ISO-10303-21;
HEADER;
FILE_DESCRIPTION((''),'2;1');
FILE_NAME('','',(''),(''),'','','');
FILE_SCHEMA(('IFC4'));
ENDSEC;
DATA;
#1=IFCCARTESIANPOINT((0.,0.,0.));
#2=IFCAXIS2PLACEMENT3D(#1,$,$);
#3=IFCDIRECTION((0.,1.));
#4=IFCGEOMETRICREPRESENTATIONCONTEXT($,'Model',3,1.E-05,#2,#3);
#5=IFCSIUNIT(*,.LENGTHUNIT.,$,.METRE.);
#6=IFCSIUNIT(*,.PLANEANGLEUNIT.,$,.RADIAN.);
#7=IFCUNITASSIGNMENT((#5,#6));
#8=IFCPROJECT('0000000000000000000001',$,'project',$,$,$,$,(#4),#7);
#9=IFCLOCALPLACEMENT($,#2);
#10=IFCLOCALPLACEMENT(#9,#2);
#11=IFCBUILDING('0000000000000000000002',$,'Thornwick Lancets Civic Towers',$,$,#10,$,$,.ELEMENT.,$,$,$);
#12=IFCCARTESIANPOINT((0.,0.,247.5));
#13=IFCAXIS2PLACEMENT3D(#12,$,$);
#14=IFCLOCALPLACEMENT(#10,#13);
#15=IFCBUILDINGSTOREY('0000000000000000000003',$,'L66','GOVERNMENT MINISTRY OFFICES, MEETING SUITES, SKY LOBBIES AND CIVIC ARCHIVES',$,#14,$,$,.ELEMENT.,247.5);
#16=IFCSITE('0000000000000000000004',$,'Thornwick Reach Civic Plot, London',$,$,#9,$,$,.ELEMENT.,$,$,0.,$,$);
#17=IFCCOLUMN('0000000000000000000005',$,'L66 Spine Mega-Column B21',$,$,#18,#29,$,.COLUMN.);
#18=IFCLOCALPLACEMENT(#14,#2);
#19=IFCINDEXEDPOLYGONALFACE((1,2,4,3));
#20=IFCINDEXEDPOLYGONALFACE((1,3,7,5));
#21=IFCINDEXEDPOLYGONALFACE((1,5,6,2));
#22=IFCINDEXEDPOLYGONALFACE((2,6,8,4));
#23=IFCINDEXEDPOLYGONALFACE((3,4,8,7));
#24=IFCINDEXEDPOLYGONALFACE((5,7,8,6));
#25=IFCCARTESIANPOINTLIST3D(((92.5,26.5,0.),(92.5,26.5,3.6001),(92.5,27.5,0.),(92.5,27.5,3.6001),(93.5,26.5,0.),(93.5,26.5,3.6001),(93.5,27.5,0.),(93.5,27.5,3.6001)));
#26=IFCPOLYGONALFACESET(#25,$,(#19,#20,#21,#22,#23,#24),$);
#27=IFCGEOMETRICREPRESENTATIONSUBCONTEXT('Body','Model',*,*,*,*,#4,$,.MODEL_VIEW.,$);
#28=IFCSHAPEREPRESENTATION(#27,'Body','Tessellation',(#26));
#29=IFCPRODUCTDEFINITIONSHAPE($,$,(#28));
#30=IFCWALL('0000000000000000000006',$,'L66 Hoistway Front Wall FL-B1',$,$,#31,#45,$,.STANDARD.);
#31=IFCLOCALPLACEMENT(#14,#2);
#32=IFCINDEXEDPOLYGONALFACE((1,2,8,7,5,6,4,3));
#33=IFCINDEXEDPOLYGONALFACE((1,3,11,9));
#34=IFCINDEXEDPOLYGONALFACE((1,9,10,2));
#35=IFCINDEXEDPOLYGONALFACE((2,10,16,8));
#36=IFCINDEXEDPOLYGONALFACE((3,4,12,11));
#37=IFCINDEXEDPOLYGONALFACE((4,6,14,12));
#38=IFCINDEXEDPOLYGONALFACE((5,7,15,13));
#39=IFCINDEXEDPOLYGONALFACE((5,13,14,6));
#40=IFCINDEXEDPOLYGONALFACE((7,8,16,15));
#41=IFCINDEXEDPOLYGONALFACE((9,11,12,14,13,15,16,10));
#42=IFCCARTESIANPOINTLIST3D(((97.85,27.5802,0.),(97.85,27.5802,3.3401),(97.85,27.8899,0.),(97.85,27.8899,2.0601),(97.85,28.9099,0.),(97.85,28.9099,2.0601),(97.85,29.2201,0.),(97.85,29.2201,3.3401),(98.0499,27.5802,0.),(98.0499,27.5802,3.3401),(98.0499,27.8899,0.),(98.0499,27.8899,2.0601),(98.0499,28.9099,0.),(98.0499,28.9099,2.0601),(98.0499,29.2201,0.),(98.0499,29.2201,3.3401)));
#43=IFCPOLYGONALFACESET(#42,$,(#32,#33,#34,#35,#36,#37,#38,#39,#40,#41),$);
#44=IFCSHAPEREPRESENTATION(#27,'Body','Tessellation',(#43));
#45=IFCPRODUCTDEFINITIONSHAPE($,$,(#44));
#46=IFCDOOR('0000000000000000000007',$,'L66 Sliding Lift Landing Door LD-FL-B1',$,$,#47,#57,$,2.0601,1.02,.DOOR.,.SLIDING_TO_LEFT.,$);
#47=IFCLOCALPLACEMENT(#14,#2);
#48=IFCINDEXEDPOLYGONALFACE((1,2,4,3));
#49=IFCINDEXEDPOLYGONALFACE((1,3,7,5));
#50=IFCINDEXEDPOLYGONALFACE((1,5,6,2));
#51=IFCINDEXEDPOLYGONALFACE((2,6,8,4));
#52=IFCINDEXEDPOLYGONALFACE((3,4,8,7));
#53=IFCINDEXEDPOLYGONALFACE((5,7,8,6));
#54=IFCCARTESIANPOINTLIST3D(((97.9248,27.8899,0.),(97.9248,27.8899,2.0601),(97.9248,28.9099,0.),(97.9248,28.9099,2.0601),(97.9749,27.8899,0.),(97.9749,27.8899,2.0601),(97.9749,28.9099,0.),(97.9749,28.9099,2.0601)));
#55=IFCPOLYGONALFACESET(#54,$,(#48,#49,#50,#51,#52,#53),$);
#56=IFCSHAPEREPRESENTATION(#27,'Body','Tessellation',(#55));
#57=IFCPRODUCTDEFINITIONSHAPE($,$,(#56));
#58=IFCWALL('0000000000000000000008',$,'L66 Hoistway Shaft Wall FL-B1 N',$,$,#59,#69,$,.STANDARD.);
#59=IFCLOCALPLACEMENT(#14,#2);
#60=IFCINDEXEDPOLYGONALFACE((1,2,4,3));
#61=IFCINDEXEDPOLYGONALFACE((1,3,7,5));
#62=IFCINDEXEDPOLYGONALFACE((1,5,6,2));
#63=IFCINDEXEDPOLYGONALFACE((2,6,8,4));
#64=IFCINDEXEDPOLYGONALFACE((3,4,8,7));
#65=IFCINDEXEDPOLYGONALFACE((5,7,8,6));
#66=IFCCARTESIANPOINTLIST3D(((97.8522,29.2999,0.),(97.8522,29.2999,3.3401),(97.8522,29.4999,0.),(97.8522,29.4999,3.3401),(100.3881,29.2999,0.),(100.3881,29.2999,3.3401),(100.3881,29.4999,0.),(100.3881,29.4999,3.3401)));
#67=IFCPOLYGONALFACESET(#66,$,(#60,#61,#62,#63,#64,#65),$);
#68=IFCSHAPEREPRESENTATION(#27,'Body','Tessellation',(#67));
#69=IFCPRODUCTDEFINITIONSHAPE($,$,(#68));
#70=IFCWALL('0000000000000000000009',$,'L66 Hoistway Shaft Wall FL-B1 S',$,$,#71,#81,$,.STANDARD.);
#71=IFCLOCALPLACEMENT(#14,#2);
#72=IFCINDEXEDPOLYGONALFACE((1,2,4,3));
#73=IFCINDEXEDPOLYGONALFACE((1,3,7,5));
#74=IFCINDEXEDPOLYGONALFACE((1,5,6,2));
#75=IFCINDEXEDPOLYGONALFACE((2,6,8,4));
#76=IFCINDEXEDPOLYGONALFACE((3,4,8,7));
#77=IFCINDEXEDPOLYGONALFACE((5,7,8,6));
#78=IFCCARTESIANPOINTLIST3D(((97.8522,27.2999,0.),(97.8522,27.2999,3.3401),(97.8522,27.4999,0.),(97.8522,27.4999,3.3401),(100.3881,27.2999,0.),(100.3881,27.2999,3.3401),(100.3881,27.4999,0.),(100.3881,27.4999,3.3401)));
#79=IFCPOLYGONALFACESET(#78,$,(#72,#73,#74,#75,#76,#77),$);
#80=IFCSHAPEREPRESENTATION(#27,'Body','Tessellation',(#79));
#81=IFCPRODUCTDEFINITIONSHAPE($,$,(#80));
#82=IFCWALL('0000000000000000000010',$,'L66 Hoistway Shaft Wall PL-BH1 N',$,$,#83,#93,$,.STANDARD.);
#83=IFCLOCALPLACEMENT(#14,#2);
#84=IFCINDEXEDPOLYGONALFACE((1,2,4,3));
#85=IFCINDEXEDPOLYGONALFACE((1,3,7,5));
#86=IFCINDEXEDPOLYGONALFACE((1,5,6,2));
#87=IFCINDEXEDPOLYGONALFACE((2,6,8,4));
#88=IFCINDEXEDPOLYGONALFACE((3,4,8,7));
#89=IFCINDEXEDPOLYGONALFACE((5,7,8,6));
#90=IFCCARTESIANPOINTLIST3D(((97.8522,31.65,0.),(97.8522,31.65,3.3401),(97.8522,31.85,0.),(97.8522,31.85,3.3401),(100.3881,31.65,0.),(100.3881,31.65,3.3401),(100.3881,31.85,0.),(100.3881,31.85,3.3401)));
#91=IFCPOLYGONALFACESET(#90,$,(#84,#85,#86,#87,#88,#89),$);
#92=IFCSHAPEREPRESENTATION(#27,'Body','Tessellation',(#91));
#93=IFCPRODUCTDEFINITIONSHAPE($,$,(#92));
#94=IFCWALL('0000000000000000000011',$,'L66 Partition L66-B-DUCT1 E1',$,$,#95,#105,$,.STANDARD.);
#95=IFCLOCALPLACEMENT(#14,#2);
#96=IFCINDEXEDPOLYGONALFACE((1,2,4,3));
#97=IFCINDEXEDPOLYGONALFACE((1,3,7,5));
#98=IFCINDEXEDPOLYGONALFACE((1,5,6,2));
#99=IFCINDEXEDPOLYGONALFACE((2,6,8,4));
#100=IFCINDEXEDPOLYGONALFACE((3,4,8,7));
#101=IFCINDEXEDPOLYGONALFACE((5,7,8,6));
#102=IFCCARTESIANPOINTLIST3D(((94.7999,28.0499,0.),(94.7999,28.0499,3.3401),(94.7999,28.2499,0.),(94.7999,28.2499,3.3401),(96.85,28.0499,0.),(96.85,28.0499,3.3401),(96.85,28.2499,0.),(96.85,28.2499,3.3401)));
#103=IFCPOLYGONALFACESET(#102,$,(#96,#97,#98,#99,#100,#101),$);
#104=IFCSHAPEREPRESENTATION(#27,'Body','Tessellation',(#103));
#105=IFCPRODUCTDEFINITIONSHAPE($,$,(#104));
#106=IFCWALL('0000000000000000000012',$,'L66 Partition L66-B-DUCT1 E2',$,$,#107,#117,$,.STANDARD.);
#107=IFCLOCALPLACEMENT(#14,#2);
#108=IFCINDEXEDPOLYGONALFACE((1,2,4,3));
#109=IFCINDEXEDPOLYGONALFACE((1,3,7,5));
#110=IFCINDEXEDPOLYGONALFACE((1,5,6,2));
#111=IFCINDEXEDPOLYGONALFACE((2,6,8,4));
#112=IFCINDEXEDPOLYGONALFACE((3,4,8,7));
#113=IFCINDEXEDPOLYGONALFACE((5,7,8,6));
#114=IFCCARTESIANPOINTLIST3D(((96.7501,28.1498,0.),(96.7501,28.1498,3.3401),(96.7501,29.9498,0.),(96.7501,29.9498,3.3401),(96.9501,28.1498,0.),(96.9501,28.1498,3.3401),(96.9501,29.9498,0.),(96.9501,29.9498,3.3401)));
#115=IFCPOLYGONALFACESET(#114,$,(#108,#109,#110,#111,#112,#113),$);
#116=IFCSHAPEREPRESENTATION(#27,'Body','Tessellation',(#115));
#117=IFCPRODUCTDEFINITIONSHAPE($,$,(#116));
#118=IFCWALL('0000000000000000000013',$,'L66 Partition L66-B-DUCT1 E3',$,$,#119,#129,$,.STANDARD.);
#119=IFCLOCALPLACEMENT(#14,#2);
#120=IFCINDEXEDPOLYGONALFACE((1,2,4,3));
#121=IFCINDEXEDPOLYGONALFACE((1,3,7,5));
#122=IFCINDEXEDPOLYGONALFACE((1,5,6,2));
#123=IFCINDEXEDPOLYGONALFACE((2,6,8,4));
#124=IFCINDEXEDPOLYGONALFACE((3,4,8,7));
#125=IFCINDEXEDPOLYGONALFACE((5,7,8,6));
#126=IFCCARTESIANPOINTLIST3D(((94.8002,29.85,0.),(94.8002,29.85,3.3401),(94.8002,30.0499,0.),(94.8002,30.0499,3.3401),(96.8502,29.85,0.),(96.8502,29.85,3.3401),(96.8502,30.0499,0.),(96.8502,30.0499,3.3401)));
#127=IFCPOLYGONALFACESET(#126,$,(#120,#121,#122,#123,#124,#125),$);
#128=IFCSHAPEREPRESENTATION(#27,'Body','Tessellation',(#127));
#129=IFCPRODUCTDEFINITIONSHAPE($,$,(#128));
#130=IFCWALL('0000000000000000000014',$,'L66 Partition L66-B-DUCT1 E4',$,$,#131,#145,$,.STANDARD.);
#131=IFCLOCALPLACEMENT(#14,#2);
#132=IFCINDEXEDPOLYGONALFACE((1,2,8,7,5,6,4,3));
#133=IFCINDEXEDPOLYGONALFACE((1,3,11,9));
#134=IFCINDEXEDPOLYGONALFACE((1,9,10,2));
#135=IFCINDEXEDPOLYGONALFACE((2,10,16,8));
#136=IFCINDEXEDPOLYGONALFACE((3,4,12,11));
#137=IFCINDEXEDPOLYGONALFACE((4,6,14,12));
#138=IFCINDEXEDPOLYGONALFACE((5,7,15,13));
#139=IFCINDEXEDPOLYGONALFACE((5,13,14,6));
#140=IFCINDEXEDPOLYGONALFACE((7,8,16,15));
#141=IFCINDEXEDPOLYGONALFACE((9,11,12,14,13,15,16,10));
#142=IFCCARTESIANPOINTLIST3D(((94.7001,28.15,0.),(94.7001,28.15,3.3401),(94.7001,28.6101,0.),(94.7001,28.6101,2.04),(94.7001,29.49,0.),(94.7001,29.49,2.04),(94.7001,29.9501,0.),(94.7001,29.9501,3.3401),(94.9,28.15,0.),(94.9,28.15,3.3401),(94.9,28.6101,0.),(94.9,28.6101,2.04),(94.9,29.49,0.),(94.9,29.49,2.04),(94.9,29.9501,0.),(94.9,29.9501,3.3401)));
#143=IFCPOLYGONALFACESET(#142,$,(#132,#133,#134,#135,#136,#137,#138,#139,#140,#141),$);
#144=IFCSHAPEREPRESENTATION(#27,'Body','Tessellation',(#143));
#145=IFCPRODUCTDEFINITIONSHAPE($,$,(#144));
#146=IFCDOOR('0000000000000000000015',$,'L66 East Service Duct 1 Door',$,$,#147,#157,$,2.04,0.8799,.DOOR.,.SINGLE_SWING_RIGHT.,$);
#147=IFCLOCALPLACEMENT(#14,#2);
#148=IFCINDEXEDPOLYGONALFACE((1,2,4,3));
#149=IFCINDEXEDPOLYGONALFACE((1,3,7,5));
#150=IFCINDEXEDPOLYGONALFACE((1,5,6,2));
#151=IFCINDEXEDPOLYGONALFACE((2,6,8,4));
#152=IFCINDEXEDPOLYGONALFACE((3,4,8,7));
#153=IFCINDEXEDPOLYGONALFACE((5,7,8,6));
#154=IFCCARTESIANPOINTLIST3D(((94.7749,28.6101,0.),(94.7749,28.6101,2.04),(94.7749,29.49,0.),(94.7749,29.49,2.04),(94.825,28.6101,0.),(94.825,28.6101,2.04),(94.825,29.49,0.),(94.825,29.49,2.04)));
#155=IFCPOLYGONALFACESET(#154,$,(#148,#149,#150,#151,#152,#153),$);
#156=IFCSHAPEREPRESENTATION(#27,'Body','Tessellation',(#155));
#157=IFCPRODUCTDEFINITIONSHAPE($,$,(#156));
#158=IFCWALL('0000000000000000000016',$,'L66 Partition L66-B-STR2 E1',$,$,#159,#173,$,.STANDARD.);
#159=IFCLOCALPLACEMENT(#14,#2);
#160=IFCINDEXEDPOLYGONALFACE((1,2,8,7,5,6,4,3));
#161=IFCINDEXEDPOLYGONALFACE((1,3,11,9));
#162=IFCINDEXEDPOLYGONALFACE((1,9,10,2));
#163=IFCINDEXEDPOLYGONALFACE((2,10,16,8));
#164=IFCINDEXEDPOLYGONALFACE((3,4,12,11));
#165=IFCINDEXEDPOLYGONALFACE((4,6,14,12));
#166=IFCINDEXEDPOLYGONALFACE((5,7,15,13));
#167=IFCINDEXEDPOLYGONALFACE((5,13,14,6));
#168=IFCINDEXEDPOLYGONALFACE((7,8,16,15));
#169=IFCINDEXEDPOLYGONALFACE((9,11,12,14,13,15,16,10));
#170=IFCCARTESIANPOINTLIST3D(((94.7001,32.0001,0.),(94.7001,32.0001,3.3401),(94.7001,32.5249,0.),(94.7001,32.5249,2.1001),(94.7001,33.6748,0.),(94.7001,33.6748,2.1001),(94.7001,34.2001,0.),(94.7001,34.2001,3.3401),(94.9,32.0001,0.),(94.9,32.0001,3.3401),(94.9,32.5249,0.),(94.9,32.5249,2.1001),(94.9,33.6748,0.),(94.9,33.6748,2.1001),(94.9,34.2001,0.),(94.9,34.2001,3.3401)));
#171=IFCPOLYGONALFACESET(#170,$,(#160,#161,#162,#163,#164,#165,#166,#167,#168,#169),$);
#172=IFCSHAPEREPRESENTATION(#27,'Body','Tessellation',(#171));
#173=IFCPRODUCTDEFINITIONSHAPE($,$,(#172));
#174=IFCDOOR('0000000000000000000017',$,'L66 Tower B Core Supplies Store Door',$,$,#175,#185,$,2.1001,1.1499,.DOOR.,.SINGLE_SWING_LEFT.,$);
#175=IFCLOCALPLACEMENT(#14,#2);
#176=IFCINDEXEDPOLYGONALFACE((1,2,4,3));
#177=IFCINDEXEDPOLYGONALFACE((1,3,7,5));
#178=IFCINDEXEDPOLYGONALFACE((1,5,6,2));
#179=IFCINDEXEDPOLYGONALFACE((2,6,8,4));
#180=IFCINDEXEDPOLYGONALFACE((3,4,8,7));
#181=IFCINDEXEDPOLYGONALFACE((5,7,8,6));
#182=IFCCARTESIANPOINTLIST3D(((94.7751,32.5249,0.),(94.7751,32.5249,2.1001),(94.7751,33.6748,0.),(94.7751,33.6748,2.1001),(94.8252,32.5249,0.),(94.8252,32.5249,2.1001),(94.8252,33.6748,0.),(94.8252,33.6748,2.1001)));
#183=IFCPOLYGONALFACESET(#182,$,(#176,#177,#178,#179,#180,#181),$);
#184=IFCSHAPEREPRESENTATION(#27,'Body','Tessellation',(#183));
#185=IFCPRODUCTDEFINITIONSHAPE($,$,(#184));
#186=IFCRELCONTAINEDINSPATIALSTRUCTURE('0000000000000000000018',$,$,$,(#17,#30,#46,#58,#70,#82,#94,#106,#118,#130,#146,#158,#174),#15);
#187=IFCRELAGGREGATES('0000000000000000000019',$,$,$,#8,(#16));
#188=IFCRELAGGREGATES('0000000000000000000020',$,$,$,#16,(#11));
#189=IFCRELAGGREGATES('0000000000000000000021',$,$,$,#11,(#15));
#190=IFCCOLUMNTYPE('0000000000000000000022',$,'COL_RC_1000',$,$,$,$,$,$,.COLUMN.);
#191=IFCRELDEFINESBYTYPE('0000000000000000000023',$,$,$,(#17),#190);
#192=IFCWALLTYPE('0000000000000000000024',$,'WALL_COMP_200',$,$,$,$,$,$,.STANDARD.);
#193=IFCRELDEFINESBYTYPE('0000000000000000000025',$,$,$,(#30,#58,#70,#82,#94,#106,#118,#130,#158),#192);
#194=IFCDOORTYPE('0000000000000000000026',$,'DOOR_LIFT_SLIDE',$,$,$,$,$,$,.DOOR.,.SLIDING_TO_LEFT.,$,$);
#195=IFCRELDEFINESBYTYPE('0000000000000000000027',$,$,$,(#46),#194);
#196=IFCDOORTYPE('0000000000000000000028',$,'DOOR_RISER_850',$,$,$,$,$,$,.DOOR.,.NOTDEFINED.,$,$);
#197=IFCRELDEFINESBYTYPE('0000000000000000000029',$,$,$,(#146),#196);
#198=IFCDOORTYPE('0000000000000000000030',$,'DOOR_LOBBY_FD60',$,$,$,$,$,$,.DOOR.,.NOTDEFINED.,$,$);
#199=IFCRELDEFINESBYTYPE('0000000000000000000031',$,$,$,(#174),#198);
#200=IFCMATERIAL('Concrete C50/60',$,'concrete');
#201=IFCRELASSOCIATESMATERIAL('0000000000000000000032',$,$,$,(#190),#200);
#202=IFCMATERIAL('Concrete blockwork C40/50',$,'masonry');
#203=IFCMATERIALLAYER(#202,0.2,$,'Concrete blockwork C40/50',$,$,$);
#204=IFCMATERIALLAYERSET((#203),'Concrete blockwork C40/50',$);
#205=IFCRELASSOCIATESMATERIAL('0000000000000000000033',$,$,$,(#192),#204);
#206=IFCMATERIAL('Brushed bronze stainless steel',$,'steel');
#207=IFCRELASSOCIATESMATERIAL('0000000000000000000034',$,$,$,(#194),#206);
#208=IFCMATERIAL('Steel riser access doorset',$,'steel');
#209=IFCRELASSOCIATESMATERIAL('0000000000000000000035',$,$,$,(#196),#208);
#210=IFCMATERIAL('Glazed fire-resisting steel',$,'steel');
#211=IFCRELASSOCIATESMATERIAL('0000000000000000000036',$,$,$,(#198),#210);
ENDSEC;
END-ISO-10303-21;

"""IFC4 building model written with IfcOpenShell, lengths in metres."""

from ifc_helpers import new_model, si_unit, direction, frame, frame_2d, origin, origin_2d, place, context, subcontext, project, spatial, rectangle, extrude, material, layer, layer_set, material_profile, profile_set, type_object, element, fill, save


model = new_model("IFC4")

# Units and contexts
model_context = context("Model", 3, precision=1e-05, world=origin(), true_north=direction((0.0, 1.0)))
body_context = subcontext(model_context, "Body", "Model", "MODEL_VIEW")
ifc_project = project(units=[si_unit("LENGTHUNIT", "METRE"), si_unit("PLANEANGLEUNIT", "RADIAN")], contexts=[model_context])

# Site, building, storey
site_placement = place(None, origin())
site = spatial("IfcSite", under=ifc_project, at=site_placement, Name="Thornwick Reach Civic Plot, London", CompositionType="ELEMENT", RefElevation=0.0)
building_placement = place(site_placement, origin())
building = spatial("IfcBuilding", under=site, at=building_placement, Name="Thornwick Lancets Civic Towers", CompositionType="ELEMENT")
storey_placement = place(building_placement, frame((0.0, 0.0, 247.5)))
storey = spatial("IfcBuildingStorey", under=building, at=storey_placement, Name="L66", Description="GOVERNMENT MINISTRY OFFICES, MEETING SUITES, SKY LOBBIES AND CIVIC ARCHIVES", CompositionType="ELEMENT", Elevation=247.5)

# Column
ifc_material_1 = material(Name="Concrete C50/60", Category="concrete")
ifc_material_profile = material_profile(ifc_material_1, rectangle(XDim=1.0, YDim=1.0, at=origin_2d()), Name="RC 1000x1000")
ifc_profile_set = profile_set([ifc_material_profile], Name="Concrete C50/60")
column_type = type_object("IfcColumnType", Name="COL_RC_1000", PredefinedType="COLUMN", material=ifc_profile_set)
column_placement = place(storey_placement, frame((93.0, 27.0, 0.0), z_axis=(0.0, 0.0, 1.0), x_axis=(1.0, 0.0, 0.0)))
element("IfcColumn", 1, at=column_placement, inside=storey, type_object=column_type, Name="L66 Spine Mega-Column B21", PredefinedType="COLUMN", context=body_context, shape_type="SweptSolid", body=[
    extrude(rectangle(XDim=1.0, YDim=1.0, at=origin_2d()), origin(), (0.0, 0.0, 1.0), 3.6001),
])

# Wall, opening, door
ifc_material_2 = material(Name="Concrete blockwork C40/50", Category="masonry")
ifc_layer_1 = layer(ifc_material_2, 0.2, Name="Concrete blockwork C40/50")
ifc_layer_set_1 = layer_set([ifc_layer_1], Name="Concrete blockwork C40/50")
wall_type_1 = type_object("IfcWallType", Name="WALL_COMP_200", PredefinedType="STANDARD", material=ifc_layer_set_1)
wall_1_placement = place(storey_placement, frame((97.95, 29.22, 0.0), z_axis=(0.0, 0.0, 1.0), x_axis=(0.0, -1.0, 0.0)))
wall_1 = element("IfcWall", 2, at=wall_1_placement, inside=storey, type_object=wall_type_1, Name="L66 Hoistway Front Wall FL-B1", PredefinedType="STANDARD", context=body_context, shape_type="SweptSolid", body=[
    extrude(rectangle(XDim=1.6399, YDim=0.2, at=frame_2d((0.8198, 0.0))), origin(), (0.0, 0.0, 1.0), 3.3401),
])
opening_1_placement = place(wall_1_placement, frame((0.3101, 0.0, 0.0)))
opening_1 = element("IfcOpeningElement", 3, at=opening_1_placement, cuts=wall_1, PredefinedType="OPENING", context=body_context, shape_type="SweptSolid", body=[
    extrude(rectangle(XDim=1.02, YDim=2.0601, at=frame_2d((0.51, 1.03))), frame((0.0, 0.1099, 0.0), z_axis=(0.0, -1.0, 0.0), x_axis=(1.0, 0.0, 0.0)), (0.0, 0.0, 1.0), 0.22),
])
ifc_material_3 = material(Name="Brushed bronze stainless steel", Category="steel")
door_type_1 = type_object("IfcDoorType", Name="DOOR_LIFT_SLIDE", OperationType="SLIDING_TO_LEFT", PredefinedType="DOOR", material=ifc_material_3)
door_1_placement = place(opening_1_placement, origin())
door_1 = element("IfcDoor", 4, at=door_1_placement, inside=storey, type_object=door_type_1, Name="L66 Sliding Lift Landing Door LD-FL-B1", OperationType="SLIDING_TO_LEFT", OverallHeight=2.0601, OverallWidth=1.02, PredefinedType="DOOR", context=body_context, shape_type="SweptSolid", body=[
    extrude(rectangle(XDim=1.02, YDim=2.0601, at=frame_2d((0.51, 1.03))), frame((0.0, 0.0249, 0.0), z_axis=(0.0, -1.0, 0.0), x_axis=(1.0, 0.0, 0.0)), (0.0, 0.0, 1.0), 0.05),
])
fill(opening_1, door_1)

# Walls
for number, where, z_axis, x_axis, name in (
    (5, (97.8521, 29.3999, 0.0), (0.0, 0.0, 1.0), (1.0, 0.0, 0.0), "L66 Hoistway Shaft Wall FL-B1 N"),
    (6, (97.8521, 27.3999, 0.0), (0.0, 0.0, 1.0), (1.0, 0.0, 0.0), "L66 Hoistway Shaft Wall FL-B1 S"),
    (7, (97.8521, 31.75, 0.0), (0.0, 0.0, 1.0), (1.0, 0.0, 0.0), "L66 Hoistway Shaft Wall PL-BH1 N"),
):
    element("IfcWall", number, at=place(storey_placement, frame(where, z_axis=z_axis, x_axis=x_axis)), inside=storey, type_object=wall_type_1, Name=name, PredefinedType="STANDARD", context=body_context, shape_type="SweptSolid", body=[
        extrude(rectangle(XDim=2.5359, YDim=0.2, at=frame_2d((1.2681, 0.0))), origin(), (0.0, 0.0, 1.0), 3.3401),
    ])
wall_2_placement = place(storey_placement, frame((94.8, 28.1499, 0.0), z_axis=(0.0, 0.0, 1.0), x_axis=(1.0, 0.0, 0.0)))
element("IfcWall", 8, at=wall_2_placement, inside=storey, type_object=wall_type_1, Name="L66 Partition L66-B-DUCT1 E1", PredefinedType="STANDARD", context=body_context, shape_type="SweptSolid", body=[
    extrude(rectangle(XDim=2.05, YDim=0.2, at=frame_2d((1.0249, 0.0))), origin(), (0.0, 0.0, 1.0), 3.3401),
])
wall_3_placement = place(storey_placement, frame((96.8501, 28.1499, 0.0), z_axis=(0.0, 0.0, 1.0), x_axis=(0.0, 1.0, 0.0)))
element("IfcWall", 9, at=wall_3_placement, inside=storey, type_object=wall_type_1, Name="L66 Partition L66-B-DUCT1 E2", PredefinedType="STANDARD", context=body_context, shape_type="SweptSolid", body=[
    extrude(rectangle(XDim=1.8, YDim=0.2, at=frame_2d((0.8999, 0.0))), origin(), (0.0, 0.0, 1.0), 3.3401),
])
wall_4_placement = place(storey_placement, frame((96.8501, 29.95, 0.0), z_axis=(0.0, 0.0, 1.0), x_axis=(-1.0, 0.0, 0.0)))
element("IfcWall", 10, at=wall_4_placement, inside=storey, type_object=wall_type_1, Name="L66 Partition L66-B-DUCT1 E3", PredefinedType="STANDARD", context=body_context, shape_type="SweptSolid", body=[
    extrude(rectangle(XDim=2.05, YDim=0.2, at=frame_2d((1.0249, 0.0))), origin(), (0.0, 0.0, 1.0), 3.3401),
])

# Walls, openings, doors
wall_5_placement = place(storey_placement, frame((94.8, 29.95, 0.0), z_axis=(0.0, 0.0, 1.0), x_axis=(0.0, -1.0, 0.0)))
wall_5 = element("IfcWall", 11, at=wall_5_placement, inside=storey, type_object=wall_type_1, Name="L66 Partition L66-B-DUCT1 E4", PredefinedType="STANDARD", context=body_context, shape_type="SweptSolid", body=[
    extrude(rectangle(XDim=1.8, YDim=0.2, at=frame_2d((0.8999, 0.0))), origin(), (0.0, 0.0, 1.0), 3.3401),
])
opening_2_placement = place(wall_5_placement, frame((0.46, 0.0, 0.0)))
opening_2 = element("IfcOpeningElement", 12, at=opening_2_placement, cuts=wall_5, PredefinedType="OPENING", context=body_context, shape_type="SweptSolid", body=[
    extrude(rectangle(XDim=0.8799, YDim=2.04, at=frame_2d((0.4399, 1.02))), frame((0.0, 0.1099, 0.0), z_axis=(0.0, -1.0, 0.0), x_axis=(1.0, 0.0, 0.0)), (0.0, 0.0, 1.0), 0.22),
])
ifc_material_4 = material(Name="Steel riser access doorset", Category="steel")
door_type_2 = type_object("IfcDoorType", Name="DOOR_RISER_850", OperationType="NOTDEFINED", PredefinedType="DOOR", material=ifc_material_4)
door_2_placement = place(opening_2_placement, origin())
door_2 = element("IfcDoor", 13, at=door_2_placement, inside=storey, type_object=door_type_2, Name="L66 East Service Duct 1 Door", OperationType="SINGLE_SWING_RIGHT", OverallHeight=2.04, OverallWidth=0.8799, PredefinedType="DOOR", context=body_context, shape_type="SweptSolid", body=[
    extrude(rectangle(XDim=0.8799, YDim=2.04, at=frame_2d((0.4399, 1.02))), frame((0.0, 0.0249, 0.0), z_axis=(0.0, -1.0, 0.0), x_axis=(1.0, 0.0, 0.0)), (0.0, 0.0, 1.0), 0.05),
])
fill(opening_2, door_2)
wall_6_placement = place(storey_placement, frame((94.8, 32.0, 0.0), z_axis=(0.0, 0.0, 1.0), x_axis=(0.0, 1.0, 0.0)))
wall_6 = element("IfcWall", 14, at=wall_6_placement, inside=storey, type_object=wall_type_1, Name="L66 Partition L66-B-STR2 E1", PredefinedType="STANDARD", context=body_context, shape_type="SweptSolid", body=[
    extrude(rectangle(XDim=2.2, YDim=0.2, at=frame_2d((1.1001, 0.0))), origin(), (0.0, 0.0, 1.0), 3.3401),
])
opening_3_placement = place(wall_6_placement, frame((0.5249, 0.0, 0.0)))
opening_3 = element("IfcOpeningElement", 15, at=opening_3_placement, cuts=wall_6, PredefinedType="OPENING", context=body_context, shape_type="SweptSolid", body=[
    extrude(rectangle(XDim=1.1499, YDim=2.1001, at=frame_2d((0.575, 1.05))), frame((0.0, 0.1099, 0.0), z_axis=(0.0, -1.0, 0.0), x_axis=(1.0, 0.0, 0.0)), (0.0, 0.0, 1.0), 0.22),
])
ifc_material_5 = material(Name="Glazed fire-resisting steel", Category="steel")
door_type_3 = type_object("IfcDoorType", Name="DOOR_LOBBY_FD60", OperationType="NOTDEFINED", PredefinedType="DOOR", material=ifc_material_5)
door_3_placement = place(opening_3_placement, origin())
door_3 = element("IfcDoor", 16, at=door_3_placement, inside=storey, type_object=door_type_3, Name="L66 Tower B Core Supplies Store Door", OperationType="SINGLE_SWING_LEFT", OverallHeight=2.1001, OverallWidth=1.1499, PredefinedType="DOOR", context=body_context, shape_type="SweptSolid", body=[
    extrude(rectangle(XDim=1.1499, YDim=2.1001, at=frame_2d((0.575, 1.05))), frame((0.0, 0.0249, 0.0), z_axis=(0.0, -1.0, 0.0), x_axis=(1.0, 0.0, 0.0)), (0.0, 0.0, 1.0), 0.05),
])
fill(opening_3, door_3)

save(model, "model.ifc")
